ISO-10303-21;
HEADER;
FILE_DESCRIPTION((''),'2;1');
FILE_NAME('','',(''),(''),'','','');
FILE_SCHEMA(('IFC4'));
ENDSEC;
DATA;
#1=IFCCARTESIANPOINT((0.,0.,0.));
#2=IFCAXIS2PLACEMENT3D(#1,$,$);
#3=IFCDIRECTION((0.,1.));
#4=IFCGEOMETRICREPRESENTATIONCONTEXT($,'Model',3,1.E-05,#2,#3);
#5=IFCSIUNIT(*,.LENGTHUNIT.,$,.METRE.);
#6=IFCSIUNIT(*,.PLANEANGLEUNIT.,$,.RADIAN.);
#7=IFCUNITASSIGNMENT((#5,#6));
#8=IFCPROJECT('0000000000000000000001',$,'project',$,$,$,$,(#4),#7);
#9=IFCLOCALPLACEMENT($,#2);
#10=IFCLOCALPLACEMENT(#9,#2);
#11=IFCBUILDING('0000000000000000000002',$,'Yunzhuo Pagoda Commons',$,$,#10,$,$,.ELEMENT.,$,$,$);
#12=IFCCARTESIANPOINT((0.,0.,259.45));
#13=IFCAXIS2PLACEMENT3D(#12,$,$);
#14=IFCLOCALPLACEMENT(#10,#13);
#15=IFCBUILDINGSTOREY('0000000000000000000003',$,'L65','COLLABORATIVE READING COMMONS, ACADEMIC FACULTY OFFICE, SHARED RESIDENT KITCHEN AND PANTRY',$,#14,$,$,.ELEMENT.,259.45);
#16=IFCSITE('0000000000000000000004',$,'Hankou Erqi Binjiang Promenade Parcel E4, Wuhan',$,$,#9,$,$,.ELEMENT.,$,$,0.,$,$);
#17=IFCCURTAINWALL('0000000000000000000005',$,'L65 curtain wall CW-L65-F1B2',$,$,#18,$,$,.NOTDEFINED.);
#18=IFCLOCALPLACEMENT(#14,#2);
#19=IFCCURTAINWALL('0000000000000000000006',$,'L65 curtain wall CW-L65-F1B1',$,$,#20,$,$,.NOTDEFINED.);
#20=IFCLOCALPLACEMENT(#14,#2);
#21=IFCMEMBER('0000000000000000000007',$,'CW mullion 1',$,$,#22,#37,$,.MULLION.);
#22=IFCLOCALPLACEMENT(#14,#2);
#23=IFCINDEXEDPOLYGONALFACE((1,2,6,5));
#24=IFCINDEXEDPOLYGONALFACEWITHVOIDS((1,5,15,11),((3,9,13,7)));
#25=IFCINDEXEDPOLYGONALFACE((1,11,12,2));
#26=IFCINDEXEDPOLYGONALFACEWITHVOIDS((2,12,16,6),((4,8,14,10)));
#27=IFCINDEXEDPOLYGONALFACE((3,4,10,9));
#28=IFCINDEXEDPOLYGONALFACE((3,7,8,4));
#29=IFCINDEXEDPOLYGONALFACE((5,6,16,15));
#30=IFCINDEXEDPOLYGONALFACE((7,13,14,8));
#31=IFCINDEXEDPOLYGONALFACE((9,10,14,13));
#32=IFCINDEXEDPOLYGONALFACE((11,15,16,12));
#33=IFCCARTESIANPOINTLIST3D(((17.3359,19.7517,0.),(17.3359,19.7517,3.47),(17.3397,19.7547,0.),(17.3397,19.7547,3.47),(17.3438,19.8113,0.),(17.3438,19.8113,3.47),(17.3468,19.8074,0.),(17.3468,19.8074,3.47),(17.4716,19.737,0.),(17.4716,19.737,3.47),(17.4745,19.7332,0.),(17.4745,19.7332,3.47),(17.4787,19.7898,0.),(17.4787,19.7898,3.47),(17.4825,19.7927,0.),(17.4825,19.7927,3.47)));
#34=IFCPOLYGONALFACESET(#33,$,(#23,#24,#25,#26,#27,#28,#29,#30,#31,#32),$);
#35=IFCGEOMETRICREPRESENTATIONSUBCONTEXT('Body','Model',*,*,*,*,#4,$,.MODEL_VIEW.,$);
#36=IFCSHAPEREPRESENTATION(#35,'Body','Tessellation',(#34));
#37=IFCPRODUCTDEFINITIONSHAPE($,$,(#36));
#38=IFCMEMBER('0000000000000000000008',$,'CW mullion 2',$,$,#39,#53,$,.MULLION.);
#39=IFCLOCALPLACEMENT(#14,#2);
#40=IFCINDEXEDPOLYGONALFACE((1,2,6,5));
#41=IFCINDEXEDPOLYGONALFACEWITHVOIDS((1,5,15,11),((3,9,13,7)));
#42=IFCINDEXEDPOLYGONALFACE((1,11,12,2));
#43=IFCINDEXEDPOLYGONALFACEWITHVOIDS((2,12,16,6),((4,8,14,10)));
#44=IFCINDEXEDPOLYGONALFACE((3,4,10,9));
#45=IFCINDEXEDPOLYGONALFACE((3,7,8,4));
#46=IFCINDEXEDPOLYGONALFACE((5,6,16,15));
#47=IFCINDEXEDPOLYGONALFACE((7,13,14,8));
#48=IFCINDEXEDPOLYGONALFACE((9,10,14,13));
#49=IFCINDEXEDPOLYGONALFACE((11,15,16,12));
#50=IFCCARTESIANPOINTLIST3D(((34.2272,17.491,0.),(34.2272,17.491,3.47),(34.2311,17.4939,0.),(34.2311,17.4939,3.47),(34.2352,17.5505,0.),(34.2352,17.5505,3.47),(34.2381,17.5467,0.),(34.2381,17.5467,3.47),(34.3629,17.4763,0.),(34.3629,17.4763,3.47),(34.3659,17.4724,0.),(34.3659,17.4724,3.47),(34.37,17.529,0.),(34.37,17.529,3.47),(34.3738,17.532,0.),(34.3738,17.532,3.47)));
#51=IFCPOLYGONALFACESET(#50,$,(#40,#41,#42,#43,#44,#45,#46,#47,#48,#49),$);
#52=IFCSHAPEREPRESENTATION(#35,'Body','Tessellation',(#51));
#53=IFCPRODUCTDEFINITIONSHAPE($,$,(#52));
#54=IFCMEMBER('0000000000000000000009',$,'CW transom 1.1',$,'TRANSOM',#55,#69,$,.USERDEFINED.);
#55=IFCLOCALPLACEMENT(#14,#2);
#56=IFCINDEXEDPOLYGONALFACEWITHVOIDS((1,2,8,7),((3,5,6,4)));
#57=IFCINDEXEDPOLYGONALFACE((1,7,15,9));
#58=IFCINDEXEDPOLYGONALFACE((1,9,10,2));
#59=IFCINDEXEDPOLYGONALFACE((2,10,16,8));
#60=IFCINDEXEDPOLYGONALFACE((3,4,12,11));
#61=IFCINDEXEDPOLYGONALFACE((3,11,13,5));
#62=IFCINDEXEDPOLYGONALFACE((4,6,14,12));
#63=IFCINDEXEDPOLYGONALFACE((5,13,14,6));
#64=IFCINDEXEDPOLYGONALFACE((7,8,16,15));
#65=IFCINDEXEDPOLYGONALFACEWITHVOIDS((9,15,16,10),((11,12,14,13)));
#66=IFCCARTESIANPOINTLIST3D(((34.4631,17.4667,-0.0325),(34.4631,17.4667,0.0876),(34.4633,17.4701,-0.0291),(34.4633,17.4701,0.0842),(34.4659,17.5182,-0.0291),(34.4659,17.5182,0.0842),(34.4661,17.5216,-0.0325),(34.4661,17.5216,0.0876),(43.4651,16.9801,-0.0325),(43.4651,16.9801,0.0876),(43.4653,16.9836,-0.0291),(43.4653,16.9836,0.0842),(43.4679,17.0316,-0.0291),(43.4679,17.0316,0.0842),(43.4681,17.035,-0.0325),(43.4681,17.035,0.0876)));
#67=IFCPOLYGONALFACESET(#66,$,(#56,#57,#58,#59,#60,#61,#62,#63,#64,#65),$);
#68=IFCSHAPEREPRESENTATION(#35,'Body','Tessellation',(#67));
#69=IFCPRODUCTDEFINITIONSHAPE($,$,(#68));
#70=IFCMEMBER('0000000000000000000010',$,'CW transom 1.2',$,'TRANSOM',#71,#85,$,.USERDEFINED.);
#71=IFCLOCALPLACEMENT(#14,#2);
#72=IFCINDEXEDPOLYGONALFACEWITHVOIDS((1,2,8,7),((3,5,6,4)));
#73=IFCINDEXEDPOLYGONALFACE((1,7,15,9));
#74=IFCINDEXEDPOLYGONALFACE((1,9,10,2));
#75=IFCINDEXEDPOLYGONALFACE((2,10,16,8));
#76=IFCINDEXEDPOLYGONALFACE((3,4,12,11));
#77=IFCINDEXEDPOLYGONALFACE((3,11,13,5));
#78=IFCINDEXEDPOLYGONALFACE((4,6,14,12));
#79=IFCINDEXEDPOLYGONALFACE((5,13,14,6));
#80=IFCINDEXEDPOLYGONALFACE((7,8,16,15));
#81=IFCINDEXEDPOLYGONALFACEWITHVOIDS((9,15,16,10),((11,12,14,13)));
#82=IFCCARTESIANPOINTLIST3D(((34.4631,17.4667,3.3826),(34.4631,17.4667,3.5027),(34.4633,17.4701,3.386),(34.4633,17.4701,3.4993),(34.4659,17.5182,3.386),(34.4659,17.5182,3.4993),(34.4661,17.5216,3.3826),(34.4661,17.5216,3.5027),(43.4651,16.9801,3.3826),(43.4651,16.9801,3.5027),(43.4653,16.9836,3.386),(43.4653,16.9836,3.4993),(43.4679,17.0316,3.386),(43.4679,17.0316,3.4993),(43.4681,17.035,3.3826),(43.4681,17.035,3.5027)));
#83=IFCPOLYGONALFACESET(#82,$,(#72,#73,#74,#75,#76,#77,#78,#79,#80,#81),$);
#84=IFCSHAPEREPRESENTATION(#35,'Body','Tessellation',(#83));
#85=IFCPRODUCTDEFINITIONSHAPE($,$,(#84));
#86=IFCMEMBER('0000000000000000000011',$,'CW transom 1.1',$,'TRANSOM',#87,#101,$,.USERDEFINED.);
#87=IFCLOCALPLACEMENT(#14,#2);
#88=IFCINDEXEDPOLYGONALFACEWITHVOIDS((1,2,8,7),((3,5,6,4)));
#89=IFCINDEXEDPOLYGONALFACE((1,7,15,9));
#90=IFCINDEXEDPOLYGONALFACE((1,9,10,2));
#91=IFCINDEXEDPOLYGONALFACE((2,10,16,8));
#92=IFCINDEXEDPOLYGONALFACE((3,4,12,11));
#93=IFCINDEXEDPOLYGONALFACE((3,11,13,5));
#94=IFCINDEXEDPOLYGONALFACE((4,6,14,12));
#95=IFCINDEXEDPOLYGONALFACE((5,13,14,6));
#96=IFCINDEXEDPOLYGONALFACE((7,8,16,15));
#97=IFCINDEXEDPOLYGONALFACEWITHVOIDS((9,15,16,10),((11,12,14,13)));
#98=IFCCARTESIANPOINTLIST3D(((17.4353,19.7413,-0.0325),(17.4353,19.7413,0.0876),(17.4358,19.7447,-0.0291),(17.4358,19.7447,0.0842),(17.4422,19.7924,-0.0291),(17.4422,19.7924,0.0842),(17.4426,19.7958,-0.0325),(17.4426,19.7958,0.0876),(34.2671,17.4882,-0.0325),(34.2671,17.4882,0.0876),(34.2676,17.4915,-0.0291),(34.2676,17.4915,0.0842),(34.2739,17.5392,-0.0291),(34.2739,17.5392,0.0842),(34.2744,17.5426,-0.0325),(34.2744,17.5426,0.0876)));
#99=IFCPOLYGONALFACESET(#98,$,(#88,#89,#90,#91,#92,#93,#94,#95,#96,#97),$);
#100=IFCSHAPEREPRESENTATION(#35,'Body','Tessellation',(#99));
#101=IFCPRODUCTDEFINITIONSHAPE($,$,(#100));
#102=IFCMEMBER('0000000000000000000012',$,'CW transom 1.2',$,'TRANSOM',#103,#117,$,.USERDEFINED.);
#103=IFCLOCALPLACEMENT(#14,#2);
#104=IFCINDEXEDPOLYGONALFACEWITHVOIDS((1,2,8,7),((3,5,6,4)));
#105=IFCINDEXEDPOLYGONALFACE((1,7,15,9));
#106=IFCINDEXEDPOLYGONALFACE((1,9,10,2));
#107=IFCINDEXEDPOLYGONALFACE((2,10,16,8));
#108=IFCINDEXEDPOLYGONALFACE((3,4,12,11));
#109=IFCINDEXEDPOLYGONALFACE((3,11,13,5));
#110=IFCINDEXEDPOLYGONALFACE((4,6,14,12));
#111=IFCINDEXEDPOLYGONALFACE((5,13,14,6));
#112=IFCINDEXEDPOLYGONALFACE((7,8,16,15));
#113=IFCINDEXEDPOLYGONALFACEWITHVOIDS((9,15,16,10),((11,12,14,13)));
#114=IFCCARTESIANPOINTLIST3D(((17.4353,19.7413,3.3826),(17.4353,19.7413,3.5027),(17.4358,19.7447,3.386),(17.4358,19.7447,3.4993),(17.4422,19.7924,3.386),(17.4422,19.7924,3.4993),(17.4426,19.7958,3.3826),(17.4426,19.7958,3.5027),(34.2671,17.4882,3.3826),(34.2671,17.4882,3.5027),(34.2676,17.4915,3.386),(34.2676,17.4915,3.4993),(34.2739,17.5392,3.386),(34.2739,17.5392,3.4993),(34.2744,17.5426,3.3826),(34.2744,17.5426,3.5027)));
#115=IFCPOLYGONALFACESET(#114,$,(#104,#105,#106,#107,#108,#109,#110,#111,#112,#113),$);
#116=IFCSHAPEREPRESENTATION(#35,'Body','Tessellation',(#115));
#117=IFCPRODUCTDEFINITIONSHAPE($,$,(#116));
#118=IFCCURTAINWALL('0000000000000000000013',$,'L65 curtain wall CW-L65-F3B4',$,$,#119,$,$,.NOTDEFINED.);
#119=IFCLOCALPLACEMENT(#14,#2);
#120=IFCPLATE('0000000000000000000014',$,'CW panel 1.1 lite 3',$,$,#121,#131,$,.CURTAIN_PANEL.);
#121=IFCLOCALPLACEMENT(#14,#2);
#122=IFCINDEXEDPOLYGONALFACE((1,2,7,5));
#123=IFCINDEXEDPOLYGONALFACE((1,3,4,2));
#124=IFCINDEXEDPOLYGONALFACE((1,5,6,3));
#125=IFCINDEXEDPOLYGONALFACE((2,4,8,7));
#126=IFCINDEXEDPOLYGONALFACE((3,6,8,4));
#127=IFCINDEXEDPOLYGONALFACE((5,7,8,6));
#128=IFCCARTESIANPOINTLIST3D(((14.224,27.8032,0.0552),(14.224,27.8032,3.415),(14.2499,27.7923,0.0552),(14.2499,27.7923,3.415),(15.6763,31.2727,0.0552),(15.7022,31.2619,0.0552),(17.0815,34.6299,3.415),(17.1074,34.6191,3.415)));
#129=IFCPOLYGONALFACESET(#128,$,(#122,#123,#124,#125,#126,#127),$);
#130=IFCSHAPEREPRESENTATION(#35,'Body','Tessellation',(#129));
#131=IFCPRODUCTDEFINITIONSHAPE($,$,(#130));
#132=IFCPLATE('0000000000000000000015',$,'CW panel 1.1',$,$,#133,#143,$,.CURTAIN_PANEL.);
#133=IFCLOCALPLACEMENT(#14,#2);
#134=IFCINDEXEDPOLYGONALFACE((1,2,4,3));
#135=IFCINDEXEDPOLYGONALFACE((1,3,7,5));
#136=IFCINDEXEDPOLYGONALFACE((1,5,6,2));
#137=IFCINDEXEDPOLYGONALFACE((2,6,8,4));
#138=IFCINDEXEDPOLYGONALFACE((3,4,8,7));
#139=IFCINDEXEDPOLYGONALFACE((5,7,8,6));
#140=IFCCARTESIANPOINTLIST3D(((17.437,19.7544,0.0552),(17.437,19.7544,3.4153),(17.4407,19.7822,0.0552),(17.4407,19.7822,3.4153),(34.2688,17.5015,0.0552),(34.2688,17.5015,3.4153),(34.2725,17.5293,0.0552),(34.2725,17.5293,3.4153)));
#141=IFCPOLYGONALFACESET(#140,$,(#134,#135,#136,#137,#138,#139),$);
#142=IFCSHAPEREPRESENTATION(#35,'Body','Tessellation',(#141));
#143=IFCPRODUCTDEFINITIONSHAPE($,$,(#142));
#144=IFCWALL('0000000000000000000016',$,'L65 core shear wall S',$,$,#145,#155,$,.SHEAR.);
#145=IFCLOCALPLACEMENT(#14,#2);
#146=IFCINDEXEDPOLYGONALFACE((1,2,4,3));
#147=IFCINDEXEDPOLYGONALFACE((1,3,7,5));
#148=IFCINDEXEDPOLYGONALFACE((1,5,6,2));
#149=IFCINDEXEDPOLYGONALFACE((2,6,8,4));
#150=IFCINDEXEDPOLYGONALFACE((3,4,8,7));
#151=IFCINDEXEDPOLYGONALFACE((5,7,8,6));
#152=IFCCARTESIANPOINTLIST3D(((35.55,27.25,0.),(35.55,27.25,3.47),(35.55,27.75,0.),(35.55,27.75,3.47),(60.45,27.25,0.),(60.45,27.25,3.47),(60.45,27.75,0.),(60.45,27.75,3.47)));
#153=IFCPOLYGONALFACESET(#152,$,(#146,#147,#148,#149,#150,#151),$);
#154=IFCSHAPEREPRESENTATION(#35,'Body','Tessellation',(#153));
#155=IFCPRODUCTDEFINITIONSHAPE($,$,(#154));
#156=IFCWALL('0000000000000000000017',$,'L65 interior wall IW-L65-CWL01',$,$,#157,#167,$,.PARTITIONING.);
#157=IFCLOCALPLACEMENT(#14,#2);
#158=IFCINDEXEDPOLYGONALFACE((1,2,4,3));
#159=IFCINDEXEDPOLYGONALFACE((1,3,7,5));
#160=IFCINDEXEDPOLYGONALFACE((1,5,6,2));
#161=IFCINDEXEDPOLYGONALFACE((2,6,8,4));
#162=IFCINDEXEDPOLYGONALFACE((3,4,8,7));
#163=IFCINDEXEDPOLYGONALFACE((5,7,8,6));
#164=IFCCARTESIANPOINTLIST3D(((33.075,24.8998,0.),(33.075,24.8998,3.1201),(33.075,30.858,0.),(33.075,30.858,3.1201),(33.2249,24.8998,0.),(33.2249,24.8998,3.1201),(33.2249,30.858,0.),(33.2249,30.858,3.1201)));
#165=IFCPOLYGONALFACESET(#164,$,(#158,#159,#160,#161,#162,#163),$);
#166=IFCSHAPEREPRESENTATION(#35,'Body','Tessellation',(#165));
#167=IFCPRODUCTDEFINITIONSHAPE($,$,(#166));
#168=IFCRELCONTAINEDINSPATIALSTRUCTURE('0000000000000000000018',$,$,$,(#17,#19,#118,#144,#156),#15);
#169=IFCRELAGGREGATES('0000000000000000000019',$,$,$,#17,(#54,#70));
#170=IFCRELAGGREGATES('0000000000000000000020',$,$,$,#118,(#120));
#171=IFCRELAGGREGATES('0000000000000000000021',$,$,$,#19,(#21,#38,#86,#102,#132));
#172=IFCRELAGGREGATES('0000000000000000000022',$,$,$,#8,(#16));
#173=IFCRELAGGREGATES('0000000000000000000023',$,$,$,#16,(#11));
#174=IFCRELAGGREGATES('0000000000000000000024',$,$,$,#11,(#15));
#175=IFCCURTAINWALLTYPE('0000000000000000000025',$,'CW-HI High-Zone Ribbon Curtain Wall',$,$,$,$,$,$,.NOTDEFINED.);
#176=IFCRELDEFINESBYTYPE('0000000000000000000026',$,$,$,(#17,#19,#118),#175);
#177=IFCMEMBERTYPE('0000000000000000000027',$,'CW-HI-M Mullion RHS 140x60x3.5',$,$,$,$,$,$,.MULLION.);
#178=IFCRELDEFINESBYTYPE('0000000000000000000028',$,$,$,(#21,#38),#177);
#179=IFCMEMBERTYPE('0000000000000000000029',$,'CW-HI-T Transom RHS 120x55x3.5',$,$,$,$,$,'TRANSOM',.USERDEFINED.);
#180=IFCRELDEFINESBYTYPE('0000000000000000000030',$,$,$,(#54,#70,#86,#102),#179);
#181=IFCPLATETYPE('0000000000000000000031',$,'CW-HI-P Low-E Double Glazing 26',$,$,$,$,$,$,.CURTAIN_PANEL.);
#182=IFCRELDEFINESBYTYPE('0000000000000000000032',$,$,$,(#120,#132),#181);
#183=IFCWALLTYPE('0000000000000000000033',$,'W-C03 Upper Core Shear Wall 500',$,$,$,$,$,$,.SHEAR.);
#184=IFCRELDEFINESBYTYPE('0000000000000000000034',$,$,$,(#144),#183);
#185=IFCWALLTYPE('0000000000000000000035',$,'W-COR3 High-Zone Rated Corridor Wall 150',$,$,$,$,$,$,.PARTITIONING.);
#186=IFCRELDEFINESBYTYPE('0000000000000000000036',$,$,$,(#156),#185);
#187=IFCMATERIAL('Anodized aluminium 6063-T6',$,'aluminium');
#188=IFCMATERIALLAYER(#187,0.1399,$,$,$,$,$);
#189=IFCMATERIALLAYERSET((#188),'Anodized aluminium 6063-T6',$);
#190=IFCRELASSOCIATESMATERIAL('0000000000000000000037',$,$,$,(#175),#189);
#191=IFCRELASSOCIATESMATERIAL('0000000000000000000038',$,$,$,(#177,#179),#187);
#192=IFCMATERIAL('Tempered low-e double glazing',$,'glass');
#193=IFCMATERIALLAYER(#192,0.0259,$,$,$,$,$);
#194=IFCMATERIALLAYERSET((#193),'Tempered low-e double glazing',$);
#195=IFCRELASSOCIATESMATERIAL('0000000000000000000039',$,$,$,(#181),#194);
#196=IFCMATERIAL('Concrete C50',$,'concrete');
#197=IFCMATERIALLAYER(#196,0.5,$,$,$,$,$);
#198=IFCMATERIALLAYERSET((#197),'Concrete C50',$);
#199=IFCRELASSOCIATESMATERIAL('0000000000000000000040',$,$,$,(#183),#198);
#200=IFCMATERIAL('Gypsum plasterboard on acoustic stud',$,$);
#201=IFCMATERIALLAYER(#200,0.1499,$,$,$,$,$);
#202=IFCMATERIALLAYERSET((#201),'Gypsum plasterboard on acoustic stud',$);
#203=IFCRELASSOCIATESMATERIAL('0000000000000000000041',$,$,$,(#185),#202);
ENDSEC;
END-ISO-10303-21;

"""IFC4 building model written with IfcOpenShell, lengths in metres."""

from ifc_helpers import new_model, si_unit, direction, frame, frame_2d, origin, origin_2d, place, context, subcontext, project, spatial, polyline, rectangle, hollow_rectangle, outline, extrude, source, transform, mapped, material, layer, layer_set, material_profile, profile_set, type_object, element, aggregate, save


model = new_model("IFC4")

# Units and contexts
model_context = context("Model", 3, precision=1e-05, world=origin(), true_north=direction((0.0, 1.0)))
body_context = subcontext(model_context, "Body", "Model", "MODEL_VIEW")
ifc_project = project(units=[si_unit("LENGTHUNIT", "METRE"), si_unit("PLANEANGLEUNIT", "RADIAN")], contexts=[model_context])

# Site, building, storey
site_placement = place(None, origin())
site = spatial("IfcSite", under=ifc_project, at=site_placement, Name="Hankou Erqi Binjiang Promenade Parcel E4, Wuhan", CompositionType="ELEMENT", RefElevation=0.0)
building_placement = place(site_placement, origin())
building = spatial("IfcBuilding", under=site, at=building_placement, Name="Yunzhuo Pagoda Commons", CompositionType="ELEMENT")
storey_placement = place(building_placement, frame((0.0, 0.0, 259.45)))
storey = spatial("IfcBuildingStorey", under=building, at=storey_placement, Name="L65", Description="COLLABORATIVE READING COMMONS, ACADEMIC FACULTY OFFICE, SHARED RESIDENT KITCHEN AND PANTRY", CompositionType="ELEMENT", Elevation=259.45)

# Curtain wall
ifc_material_1 = material(Name="Anodized aluminium 6063-T6", Category="aluminium")
ifc_layer_1 = layer(ifc_material_1, 0.1399)
ifc_layer_set_1 = layer_set([ifc_layer_1], Name="Anodized aluminium 6063-T6")
curtain_wall_type = type_object("IfcCurtainWallType", Name="CW-HI High-Zone Ribbon Curtain Wall", PredefinedType="NOTDEFINED", material=ifc_layer_set_1)
curtain_wall_1_placement = place(storey_placement, origin())
curtain_wall_1 = element("IfcCurtainWall", 1, at=curtain_wall_1_placement, inside=storey, type_object=curtain_wall_type, Name="L65 curtain wall CW-L65-F1B2", PredefinedType="NOTDEFINED")
ifc_material_profile_1 = material_profile(ifc_material_1, hollow_rectangle(XDim=0.0601, YDim=0.1399, WallThickness=0.0034, at=origin_2d()), Name="Anodized aluminium 6063-T6")
ifc_profile_set_1 = profile_set([ifc_material_profile_1], Name="Anodized aluminium 6063-T6")
member_type_1 = type_object("IfcMemberType", Name="CW-HI-M Mullion RHS 140x60x3.5", PredefinedType="MULLION", material=ifc_profile_set_1)
shared_shape_1 = source(origin(), body_context, "Body", "SweptSolid", [
    extrude(hollow_rectangle(XDim=0.0601, YDim=0.1399, WallThickness=0.0034, at=origin_2d()), origin(), (0.0, 0.0, 1.0), 3.47),
])

# Curtain wall, members
curtain_wall_2_placement = place(storey_placement, origin())
curtain_wall_2 = element("IfcCurtainWall", 2, at=curtain_wall_2_placement, inside=storey, type_object=curtain_wall_type, Name="L65 curtain wall CW-L65-F1B1", PredefinedType="NOTDEFINED")
member_1_placement = place(storey_placement, frame((17.4092, 19.7722, 0.0), z_axis=(0.0, 0.0, 1.0), x_axis=(0.132664, 0.991161, 0.0)))
member_1 = element("IfcMember", 3, at=member_1_placement, type_object=member_type_1, Name="CW mullion 1", PredefinedType="MULLION", context=body_context, shape_type="MappedRepresentation", body=[
    mapped(shared_shape_1, transform((0.0, 0.0, 0.0), scale=1.0)),
])
member_2_placement = place(storey_placement, frame((34.3005, 17.5115, 0.0), z_axis=(0.0, 0.0, 1.0), x_axis=(0.132664, 0.991161, 0.0)))
member_2 = element("IfcMember", 4, at=member_2_placement, type_object=member_type_1, Name="CW mullion 2", PredefinedType="MULLION", context=body_context, shape_type="MappedRepresentation", body=[
    mapped(shared_shape_1, transform((0.0, 0.0, 0.0), scale=1.0)),
])

# Members
ifc_material_profile_2 = material_profile(ifc_material_1, hollow_rectangle(XDim=0.0549, YDim=0.1201, WallThickness=0.0034, at=origin_2d()), Name="Anodized aluminium 6063-T6")
ifc_profile_set_2 = profile_set([ifc_material_profile_2], Name="Anodized aluminium 6063-T6")
member_type_2 = type_object("IfcMemberType", Name="CW-HI-T Transom RHS 120x55x3.5", ElementType="TRANSOM", PredefinedType="USERDEFINED", material=ifc_profile_set_2)
shared_shape_2 = source(origin(), body_context, "Body", "SweptSolid", [
    extrude(hollow_rectangle(XDim=0.0549, YDim=0.1201, WallThickness=0.0034, at=origin_2d()), origin(), (0.0, 0.0, 1.0), 9.0151),
])
member_3_placement = place(storey_placement, frame((34.4646, 17.4941, 0.0276), z_axis=(0.998542, -0.053973, 0.0), x_axis=(0.053973, 0.998542, 0.0)))
member_3 = element("IfcMember", 5, at=member_3_placement, type_object=member_type_2, Name="CW transom 1.1", ObjectType="TRANSOM", PredefinedType="USERDEFINED", context=body_context, shape_type="MappedRepresentation", body=[
    mapped(shared_shape_2, transform((0.0, 0.0, 0.0), scale=1.0)),
])
member_4_placement = place(storey_placement, frame((34.4646, 17.4941, 3.4426), z_axis=(0.998542, -0.053973, 0.0), x_axis=(0.053973, 0.998542, 0.0)))
member_4 = element("IfcMember", 6, at=member_4_placement, type_object=member_type_2, Name="CW transom 1.2", ObjectType="TRANSOM", PredefinedType="USERDEFINED", context=body_context, shape_type="MappedRepresentation", body=[
    mapped(shared_shape_2, transform((0.0, 0.0, 0.0), scale=1.0)),
])
aggregate(curtain_wall_1, [member_3, member_4])
shared_shape_3 = source(origin(), body_context, "Body", "SweptSolid", [
    extrude(hollow_rectangle(XDim=0.0549, YDim=0.1201, WallThickness=0.0034, at=origin_2d()), origin(), (0.0, 0.0, 1.0), 16.9819),
])
member_5_placement = place(storey_placement, frame((17.439, 19.7686, 0.0276), z_axis=(0.991159, -0.132681, 0.0), x_axis=(0.132681, 0.991159, 0.0)))
member_5 = element("IfcMember", 7, at=member_5_placement, type_object=member_type_2, Name="CW transom 1.1", ObjectType="TRANSOM", PredefinedType="USERDEFINED", context=body_context, shape_type="MappedRepresentation", body=[
    mapped(shared_shape_3, transform((0.0, 0.0, 0.0), scale=1.0)),
])
member_6_placement = place(storey_placement, frame((17.439, 19.7686, 3.4426), z_axis=(0.991159, -0.132681, 0.0), x_axis=(0.132681, 0.991159, 0.0)))
member_6 = element("IfcMember", 8, at=member_6_placement, type_object=member_type_2, Name="CW transom 1.2", ObjectType="TRANSOM", PredefinedType="USERDEFINED", context=body_context, shape_type="MappedRepresentation", body=[
    mapped(shared_shape_3, transform((0.0, 0.0, 0.0), scale=1.0)),
])

# Curtain wall, plate
curtain_wall_3_placement = place(storey_placement, origin())
curtain_wall_3 = element("IfcCurtainWall", 9, at=curtain_wall_3_placement, inside=storey, type_object=curtain_wall_type, Name="L65 curtain wall CW-L65-F3B4", PredefinedType="NOTDEFINED")
ifc_material_2 = material(Name="Tempered low-e double glazing", Category="glass")
ifc_layer_2 = layer(ifc_material_2, 0.0259)
ifc_layer_set_2 = layer_set([ifc_layer_2], Name="Tempered low-e double glazing")
plate_type = type_object("IfcPlateType", Name="CW-HI-P Low-E Double Glazing 26", PredefinedType="CURTAIN_PANEL", material=ifc_layer_set_2)
plate_1_placement = place(storey_placement, frame((15.6787, 31.2058, 1.7351), z_axis=(-0.922451, 0.386115, 0.0), x_axis=(-0.386115, -0.922451, 0.0)))
plate_1 = element("IfcPlate", 10, at=plate_1_placement, type_object=plate_type, Name="CW panel 1.1 lite 3", PredefinedType="CURTAIN_PANEL", context=body_context, shape_type="SweptSolid", body=[
    extrude(outline(polyline([(-3.7002, 1.6799), (-0.0608, -1.6799), (3.7004, -1.6799), (3.7004, 1.6799), (-3.7002, 1.6799)])), origin(), (0.0, 0.0, 1.0), 0.0281),
])
aggregate(curtain_wall_3, [plate_1])

# Plate
shared_shape_4 = source(origin(), body_context, "Body", "SweptSolid", [
    extrude(rectangle(XDim=16.9819, YDim=0.0281, at=origin_2d()), origin(), (0.0, 0.0, 1.0), 3.3601),
])
plate_2_placement = place(storey_placement, frame((25.8547, 18.6418, 0.0552), z_axis=(0.0, 0.0, 1.0), x_axis=(0.991161, -0.132664, 0.0)))
plate_2 = element("IfcPlate", 11, at=plate_2_placement, type_object=plate_type, Name="CW panel 1.1", PredefinedType="CURTAIN_PANEL", context=body_context, shape_type="MappedRepresentation", body=[
    mapped(shared_shape_4, transform((0.0, 0.0, 0.0), scale=1.0)),
])
aggregate(curtain_wall_2, [member_1, member_2, member_5, member_6, plate_2])

# Walls
ifc_material_3 = material(Name="Concrete C50", Category="concrete")
ifc_layer_3 = layer(ifc_material_3, 0.5)
ifc_layer_set_3 = layer_set([ifc_layer_3], Name="Concrete C50")
wall_type_1 = type_object("IfcWallType", Name="W-C03 Upper Core Shear Wall 500", PredefinedType="SHEAR", material=ifc_layer_set_3)
wall_1_placement = place(storey_placement, frame((35.55, 27.5, 0.0), z_axis=(0.0, 0.0, 1.0), x_axis=(1.0, 0.0, 0.0)))
element("IfcWall", 12, at=wall_1_placement, inside=storey, type_object=wall_type_1, Name="L65 core shear wall S", PredefinedType="SHEAR", context=body_context, shape_type="SweptSolid", body=[
    extrude(rectangle(XDim=24.8999, YDim=0.5, at=frame_2d((12.45, 0.0))), origin(), (0.0, 0.0, 1.0), 3.47),
])
ifc_material_4 = material(Name="Gypsum plasterboard on acoustic stud")
ifc_layer_4 = layer(ifc_material_4, 0.1499)
ifc_layer_set_4 = layer_set([ifc_layer_4], Name="Gypsum plasterboard on acoustic stud")
wall_type_2 = type_object("IfcWallType", Name="W-COR3 High-Zone Rated Corridor Wall 150", PredefinedType="PARTITIONING", material=ifc_layer_set_4)
wall_2_placement = place(storey_placement, frame((33.1499, 24.8999, 0.0), z_axis=(0.0, 0.0, 1.0), x_axis=(0.0, 1.0, 0.0)))
element("IfcWall", 13, at=wall_2_placement, inside=storey, type_object=wall_type_2, Name="L65 interior wall IW-L65-CWL01", PredefinedType="PARTITIONING", context=body_context, shape_type="SweptSolid", body=[
    extrude(rectangle(XDim=5.9583, YDim=0.1499, at=frame_2d((2.979, 0.0))), origin(), (0.0, 0.0, 1.0), 3.1201),
])

save(model, "model.ifc")
